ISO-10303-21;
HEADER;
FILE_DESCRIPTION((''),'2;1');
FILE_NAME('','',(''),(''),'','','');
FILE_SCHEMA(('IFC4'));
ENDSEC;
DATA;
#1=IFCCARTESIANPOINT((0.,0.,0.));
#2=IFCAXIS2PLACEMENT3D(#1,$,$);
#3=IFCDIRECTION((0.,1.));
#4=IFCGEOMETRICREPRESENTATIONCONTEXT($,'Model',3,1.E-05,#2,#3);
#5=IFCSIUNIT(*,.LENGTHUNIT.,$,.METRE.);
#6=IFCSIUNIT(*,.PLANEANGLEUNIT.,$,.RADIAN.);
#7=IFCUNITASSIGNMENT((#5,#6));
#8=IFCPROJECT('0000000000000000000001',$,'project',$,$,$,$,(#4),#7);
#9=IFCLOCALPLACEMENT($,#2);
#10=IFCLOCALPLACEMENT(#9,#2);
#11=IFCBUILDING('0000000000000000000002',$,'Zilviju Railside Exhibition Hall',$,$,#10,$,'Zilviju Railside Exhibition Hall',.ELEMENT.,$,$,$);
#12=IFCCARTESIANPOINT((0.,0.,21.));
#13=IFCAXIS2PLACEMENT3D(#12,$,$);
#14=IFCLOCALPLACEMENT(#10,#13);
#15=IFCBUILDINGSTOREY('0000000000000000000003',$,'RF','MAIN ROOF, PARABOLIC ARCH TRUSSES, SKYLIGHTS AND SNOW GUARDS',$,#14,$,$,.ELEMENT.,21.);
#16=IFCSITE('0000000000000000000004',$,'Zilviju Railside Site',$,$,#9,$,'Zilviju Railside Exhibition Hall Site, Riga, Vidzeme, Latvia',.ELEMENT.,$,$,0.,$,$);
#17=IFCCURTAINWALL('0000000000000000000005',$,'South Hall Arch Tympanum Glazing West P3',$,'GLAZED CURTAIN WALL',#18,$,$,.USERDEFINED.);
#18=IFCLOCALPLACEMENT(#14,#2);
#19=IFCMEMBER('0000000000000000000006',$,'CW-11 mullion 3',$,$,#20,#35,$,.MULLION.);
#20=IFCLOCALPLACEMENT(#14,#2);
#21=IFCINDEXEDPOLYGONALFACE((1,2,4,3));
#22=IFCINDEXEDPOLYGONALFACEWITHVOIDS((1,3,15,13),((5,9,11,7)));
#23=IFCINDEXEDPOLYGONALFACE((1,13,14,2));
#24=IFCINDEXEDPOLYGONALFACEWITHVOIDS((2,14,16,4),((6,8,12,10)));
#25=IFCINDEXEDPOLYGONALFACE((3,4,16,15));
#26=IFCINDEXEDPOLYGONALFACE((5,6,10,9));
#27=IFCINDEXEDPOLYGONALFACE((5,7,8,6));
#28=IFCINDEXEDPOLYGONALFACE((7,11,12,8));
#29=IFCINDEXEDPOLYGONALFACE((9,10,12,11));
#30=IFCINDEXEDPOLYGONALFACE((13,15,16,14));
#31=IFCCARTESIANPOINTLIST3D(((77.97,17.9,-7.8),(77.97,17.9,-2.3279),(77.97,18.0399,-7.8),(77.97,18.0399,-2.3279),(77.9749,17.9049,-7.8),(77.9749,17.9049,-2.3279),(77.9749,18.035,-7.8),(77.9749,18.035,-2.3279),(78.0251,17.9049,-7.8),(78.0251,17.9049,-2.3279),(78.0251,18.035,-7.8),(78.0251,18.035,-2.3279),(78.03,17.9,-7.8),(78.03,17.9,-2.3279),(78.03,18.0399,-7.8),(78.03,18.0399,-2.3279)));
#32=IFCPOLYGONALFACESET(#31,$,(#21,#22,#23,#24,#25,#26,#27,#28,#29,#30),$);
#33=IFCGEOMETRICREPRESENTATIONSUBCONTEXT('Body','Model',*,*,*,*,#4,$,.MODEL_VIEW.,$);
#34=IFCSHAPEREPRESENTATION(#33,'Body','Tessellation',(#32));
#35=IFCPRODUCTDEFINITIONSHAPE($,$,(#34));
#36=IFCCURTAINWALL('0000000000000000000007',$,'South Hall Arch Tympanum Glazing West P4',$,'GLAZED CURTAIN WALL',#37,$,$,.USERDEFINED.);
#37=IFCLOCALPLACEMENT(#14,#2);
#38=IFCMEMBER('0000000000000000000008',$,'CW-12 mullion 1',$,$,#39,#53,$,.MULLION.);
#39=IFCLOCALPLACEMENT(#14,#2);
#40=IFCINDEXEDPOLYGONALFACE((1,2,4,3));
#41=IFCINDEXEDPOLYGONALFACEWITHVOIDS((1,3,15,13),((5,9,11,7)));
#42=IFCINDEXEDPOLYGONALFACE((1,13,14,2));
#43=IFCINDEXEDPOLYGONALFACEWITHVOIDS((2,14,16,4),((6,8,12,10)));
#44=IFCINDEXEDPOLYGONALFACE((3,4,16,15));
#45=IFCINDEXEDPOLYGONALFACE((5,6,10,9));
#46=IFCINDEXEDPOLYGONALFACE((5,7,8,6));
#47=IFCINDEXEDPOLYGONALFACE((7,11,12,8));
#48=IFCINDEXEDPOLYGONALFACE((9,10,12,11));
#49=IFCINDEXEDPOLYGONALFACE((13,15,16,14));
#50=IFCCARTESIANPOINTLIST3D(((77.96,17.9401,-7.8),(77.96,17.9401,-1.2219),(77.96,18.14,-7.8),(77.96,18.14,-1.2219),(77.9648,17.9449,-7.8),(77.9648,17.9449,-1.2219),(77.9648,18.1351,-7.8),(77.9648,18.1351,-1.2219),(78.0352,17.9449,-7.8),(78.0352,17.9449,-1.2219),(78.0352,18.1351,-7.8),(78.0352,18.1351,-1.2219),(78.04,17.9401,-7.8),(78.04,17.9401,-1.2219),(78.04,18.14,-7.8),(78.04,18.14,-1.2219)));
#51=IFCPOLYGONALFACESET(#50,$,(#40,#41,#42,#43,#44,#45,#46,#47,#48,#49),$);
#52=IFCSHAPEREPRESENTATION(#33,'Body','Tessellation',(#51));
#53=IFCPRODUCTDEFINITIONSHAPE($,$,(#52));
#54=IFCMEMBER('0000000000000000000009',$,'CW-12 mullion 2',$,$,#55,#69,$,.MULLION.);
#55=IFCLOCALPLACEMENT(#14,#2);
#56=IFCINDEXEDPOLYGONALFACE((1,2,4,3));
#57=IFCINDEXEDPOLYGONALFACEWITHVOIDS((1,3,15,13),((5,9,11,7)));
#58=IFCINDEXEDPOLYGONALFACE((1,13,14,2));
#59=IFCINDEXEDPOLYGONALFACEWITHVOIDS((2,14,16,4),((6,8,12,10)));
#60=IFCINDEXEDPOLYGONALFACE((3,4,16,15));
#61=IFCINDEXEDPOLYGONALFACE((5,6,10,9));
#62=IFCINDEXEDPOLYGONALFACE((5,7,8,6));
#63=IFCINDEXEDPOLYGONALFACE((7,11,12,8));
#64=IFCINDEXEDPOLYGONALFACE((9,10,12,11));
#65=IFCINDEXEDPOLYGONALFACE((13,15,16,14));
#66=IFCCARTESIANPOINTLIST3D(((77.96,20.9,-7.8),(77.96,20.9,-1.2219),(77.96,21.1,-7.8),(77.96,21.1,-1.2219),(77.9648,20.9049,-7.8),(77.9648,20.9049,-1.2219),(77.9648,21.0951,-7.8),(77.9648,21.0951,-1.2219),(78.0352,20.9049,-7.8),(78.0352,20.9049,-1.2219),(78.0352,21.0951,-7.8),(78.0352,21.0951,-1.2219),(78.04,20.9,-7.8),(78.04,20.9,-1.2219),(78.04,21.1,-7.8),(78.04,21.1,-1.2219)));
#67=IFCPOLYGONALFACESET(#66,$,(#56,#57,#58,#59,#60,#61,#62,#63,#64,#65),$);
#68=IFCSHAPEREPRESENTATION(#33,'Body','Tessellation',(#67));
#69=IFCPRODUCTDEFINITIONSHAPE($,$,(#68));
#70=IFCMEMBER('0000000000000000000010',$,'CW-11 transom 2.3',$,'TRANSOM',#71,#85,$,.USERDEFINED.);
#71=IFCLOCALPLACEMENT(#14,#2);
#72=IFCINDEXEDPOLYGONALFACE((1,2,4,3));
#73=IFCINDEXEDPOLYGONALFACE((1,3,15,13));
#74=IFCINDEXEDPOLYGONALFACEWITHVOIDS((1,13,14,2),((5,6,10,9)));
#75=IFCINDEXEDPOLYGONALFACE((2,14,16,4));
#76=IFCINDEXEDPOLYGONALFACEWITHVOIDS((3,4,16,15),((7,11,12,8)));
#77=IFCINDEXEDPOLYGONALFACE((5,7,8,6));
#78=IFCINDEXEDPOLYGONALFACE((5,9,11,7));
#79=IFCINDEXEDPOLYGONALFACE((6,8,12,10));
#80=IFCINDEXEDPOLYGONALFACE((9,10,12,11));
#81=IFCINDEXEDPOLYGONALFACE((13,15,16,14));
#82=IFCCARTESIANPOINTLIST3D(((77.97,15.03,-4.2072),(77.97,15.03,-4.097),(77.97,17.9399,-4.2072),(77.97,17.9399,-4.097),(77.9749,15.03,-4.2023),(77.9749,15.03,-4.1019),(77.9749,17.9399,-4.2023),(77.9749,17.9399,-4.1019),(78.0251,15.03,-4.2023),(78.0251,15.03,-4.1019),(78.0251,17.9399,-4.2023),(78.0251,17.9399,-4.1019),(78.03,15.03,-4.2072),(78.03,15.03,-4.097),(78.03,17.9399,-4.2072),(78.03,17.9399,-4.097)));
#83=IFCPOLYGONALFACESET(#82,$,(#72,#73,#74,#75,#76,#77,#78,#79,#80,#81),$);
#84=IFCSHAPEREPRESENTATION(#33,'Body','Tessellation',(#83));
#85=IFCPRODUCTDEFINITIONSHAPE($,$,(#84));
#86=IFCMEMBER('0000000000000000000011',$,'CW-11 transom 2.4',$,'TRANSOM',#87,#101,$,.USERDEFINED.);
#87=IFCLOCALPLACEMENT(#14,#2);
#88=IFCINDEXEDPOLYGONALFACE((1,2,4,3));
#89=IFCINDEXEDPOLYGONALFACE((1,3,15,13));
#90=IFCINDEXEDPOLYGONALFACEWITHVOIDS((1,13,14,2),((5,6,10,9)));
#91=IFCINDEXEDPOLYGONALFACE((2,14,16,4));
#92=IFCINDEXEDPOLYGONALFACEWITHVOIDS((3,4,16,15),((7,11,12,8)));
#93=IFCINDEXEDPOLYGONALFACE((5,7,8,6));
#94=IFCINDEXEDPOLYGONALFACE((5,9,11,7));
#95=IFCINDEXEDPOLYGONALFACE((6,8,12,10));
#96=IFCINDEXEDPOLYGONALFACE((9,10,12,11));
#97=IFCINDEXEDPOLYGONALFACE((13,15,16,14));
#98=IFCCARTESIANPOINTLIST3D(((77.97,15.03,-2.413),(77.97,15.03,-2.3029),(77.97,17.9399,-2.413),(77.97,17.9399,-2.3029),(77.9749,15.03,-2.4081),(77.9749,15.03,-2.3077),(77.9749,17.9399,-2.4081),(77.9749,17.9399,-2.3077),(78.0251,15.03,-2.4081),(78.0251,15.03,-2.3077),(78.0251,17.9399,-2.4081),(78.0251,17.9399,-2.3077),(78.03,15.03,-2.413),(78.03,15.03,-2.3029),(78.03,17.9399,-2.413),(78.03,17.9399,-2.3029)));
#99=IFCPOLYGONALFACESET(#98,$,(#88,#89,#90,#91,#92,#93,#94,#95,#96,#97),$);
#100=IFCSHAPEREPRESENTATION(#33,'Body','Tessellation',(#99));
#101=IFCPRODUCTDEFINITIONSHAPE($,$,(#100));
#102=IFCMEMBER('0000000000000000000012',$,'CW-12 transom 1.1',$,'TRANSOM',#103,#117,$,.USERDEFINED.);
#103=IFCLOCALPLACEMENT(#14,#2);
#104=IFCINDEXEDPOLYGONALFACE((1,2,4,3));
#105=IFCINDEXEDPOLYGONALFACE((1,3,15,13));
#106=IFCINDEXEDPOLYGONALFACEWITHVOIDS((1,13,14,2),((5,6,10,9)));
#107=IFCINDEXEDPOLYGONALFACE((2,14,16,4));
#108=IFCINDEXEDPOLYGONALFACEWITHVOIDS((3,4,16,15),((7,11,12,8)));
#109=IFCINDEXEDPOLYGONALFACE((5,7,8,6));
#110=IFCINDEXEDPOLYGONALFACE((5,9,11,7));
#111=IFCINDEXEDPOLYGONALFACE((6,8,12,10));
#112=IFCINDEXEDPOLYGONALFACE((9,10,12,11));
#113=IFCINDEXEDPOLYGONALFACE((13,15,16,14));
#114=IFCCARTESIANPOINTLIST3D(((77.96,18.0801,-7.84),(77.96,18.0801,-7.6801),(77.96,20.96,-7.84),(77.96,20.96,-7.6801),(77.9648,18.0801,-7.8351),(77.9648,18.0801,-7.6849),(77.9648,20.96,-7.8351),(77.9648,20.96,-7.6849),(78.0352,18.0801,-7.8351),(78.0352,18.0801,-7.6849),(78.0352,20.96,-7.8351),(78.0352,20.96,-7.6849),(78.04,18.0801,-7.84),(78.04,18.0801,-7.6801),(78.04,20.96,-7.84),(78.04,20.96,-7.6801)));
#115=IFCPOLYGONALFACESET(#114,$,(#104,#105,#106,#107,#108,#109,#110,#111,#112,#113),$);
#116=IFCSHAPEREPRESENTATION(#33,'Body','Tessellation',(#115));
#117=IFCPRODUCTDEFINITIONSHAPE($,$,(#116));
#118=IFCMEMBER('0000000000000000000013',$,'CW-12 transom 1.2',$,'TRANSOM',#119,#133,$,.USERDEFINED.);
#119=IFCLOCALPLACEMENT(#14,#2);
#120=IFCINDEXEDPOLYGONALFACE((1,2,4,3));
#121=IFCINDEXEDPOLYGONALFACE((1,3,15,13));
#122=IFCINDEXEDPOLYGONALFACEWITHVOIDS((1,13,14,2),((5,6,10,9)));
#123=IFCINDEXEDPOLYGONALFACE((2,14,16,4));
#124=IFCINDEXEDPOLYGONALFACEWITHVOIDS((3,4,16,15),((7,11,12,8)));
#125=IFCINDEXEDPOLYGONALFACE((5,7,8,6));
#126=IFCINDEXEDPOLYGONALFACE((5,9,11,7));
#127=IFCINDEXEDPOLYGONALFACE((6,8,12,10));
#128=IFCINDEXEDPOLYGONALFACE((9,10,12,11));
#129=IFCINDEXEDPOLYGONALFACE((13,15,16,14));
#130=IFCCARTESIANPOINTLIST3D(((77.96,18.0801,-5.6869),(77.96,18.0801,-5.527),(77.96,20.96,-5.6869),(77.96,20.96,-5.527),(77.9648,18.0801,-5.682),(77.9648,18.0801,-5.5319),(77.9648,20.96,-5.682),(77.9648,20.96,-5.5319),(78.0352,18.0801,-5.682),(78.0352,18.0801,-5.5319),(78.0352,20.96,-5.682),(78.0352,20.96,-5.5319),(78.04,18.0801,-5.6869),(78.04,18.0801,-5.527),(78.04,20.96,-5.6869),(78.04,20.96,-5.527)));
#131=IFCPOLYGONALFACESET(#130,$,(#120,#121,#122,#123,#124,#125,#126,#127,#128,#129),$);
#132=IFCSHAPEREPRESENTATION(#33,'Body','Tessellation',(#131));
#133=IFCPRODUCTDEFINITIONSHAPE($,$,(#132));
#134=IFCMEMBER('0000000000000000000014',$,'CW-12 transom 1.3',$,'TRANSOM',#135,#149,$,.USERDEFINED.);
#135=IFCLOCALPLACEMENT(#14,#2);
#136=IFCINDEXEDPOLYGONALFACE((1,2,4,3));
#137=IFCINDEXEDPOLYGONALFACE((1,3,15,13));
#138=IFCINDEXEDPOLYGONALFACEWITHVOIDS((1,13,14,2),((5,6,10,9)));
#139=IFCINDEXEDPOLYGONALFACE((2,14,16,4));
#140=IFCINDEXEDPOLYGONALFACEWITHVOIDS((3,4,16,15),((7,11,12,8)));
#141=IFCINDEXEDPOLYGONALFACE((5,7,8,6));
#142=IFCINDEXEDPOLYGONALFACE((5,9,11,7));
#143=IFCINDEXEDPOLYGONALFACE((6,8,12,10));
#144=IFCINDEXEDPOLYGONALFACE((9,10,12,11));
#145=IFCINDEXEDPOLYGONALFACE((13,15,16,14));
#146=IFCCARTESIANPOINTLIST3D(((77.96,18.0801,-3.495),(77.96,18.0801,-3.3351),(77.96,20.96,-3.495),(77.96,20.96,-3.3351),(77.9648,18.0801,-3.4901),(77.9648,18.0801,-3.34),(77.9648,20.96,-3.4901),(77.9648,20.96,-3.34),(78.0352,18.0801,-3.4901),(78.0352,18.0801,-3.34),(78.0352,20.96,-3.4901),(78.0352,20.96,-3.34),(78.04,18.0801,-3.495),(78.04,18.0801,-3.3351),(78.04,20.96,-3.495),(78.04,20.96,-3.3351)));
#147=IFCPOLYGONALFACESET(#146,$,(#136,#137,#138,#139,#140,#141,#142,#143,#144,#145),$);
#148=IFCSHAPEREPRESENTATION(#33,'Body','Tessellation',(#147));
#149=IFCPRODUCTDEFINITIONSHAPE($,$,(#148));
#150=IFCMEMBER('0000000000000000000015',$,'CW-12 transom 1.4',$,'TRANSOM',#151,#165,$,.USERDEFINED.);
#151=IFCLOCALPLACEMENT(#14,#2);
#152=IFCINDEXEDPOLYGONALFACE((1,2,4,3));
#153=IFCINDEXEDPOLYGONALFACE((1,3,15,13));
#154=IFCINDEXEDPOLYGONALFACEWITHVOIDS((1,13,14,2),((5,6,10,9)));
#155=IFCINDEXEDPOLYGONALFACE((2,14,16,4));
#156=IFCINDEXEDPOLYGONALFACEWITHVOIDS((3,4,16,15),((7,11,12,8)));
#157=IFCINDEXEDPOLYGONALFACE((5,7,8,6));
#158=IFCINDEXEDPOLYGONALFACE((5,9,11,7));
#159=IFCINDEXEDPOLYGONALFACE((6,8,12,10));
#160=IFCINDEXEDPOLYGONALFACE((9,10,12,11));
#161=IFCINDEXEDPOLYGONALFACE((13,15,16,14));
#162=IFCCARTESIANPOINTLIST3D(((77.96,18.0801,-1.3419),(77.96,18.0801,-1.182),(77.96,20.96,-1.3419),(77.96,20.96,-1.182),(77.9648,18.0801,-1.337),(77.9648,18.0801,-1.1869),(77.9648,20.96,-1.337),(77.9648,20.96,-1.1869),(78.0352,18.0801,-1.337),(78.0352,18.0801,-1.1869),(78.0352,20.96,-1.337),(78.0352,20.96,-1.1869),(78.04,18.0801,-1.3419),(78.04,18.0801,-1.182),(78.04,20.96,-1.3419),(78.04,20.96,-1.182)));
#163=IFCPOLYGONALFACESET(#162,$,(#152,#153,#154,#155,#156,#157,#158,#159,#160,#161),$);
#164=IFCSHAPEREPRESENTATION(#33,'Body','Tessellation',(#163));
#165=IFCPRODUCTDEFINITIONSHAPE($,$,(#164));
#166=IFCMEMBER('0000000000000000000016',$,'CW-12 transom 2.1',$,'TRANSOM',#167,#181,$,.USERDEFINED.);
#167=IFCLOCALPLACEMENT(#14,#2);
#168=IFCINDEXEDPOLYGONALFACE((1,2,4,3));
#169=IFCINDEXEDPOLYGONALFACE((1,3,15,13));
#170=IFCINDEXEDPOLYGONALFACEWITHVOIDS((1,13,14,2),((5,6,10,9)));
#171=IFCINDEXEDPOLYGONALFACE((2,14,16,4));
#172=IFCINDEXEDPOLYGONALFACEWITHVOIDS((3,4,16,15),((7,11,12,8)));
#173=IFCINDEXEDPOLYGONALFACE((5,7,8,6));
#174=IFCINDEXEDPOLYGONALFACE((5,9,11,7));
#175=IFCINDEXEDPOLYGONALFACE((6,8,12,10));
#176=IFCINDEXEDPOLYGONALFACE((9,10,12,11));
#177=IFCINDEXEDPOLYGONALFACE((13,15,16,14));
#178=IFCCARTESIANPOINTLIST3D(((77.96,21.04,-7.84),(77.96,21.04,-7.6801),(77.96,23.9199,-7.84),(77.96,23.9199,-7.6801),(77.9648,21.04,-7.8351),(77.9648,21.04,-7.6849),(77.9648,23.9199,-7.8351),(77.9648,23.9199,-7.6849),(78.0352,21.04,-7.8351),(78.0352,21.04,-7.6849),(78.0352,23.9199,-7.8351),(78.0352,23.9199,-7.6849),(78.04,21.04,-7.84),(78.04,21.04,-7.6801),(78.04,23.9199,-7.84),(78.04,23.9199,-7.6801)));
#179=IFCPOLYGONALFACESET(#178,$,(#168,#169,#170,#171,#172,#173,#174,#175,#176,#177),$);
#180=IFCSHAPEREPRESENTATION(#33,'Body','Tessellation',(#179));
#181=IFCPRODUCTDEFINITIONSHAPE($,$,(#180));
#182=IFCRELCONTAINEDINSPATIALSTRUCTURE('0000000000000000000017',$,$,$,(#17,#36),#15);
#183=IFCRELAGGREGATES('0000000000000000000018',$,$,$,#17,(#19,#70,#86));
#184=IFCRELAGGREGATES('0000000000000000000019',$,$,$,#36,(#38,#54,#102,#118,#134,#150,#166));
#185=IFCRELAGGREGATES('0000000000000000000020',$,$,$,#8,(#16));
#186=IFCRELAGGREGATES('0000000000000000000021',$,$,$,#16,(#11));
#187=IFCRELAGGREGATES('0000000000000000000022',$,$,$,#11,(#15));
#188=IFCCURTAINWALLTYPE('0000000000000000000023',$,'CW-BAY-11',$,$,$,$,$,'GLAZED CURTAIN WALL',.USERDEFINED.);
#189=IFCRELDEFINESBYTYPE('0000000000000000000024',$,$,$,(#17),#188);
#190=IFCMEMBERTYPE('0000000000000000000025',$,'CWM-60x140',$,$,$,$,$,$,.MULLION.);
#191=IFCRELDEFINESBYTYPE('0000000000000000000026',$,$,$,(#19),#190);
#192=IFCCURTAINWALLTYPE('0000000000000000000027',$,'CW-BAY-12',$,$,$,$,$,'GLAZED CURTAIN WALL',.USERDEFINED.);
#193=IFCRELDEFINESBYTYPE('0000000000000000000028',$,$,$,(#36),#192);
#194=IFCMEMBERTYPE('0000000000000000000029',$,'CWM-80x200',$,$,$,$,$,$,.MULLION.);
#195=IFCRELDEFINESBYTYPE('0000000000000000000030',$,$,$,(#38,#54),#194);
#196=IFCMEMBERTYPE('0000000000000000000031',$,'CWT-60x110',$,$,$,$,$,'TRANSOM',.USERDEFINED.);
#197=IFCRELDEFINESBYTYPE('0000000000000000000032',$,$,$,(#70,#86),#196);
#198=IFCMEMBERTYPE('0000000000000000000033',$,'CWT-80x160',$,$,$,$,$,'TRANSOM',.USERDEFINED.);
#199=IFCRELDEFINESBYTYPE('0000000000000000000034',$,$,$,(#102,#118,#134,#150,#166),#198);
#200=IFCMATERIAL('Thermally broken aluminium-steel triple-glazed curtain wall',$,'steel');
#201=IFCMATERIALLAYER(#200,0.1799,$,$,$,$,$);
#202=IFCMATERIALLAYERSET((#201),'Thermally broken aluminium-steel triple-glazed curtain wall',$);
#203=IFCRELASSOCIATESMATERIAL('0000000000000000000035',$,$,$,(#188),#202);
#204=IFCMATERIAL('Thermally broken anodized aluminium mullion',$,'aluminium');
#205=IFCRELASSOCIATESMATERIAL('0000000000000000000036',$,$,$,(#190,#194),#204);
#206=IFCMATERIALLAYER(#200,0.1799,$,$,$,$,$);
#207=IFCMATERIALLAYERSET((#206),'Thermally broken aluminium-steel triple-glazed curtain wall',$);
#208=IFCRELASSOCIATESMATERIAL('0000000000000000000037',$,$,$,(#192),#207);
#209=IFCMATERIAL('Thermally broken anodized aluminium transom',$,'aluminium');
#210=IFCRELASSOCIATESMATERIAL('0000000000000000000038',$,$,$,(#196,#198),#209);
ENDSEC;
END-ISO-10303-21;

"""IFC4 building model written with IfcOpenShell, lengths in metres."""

from ifc_helpers import new_model, si_unit, direction, frame, origin, origin_2d, place, context, subcontext, project, spatial, hollow_rectangle, extrude, material, layer, layer_set, material_profile, profile_set, type_object, element, aggregate, save


model = new_model("IFC4")

# Units and contexts
model_context = context("Model", 3, precision=1e-05, world=origin(), true_north=direction((0.0, 1.0)))
body_context = subcontext(model_context, "Body", "Model", "MODEL_VIEW")
ifc_project = project(units=[si_unit("LENGTHUNIT", "METRE"), si_unit("PLANEANGLEUNIT", "RADIAN")], contexts=[model_context])

# Site, building, storey
site_placement = place(None, origin())
site = spatial("IfcSite", under=ifc_project, at=site_placement, Name="Zilviju Railside Site", LongName="Zilviju Railside Exhibition Hall Site, Riga, Vidzeme, Latvia", CompositionType="ELEMENT", RefElevation=0.0)
building_placement = place(site_placement, origin())
building = spatial("IfcBuilding", under=site, at=building_placement, Name="Zilviju Railside Exhibition Hall", LongName="Zilviju Railside Exhibition Hall", CompositionType="ELEMENT")
storey_placement = place(building_placement, frame((0.0, 0.0, 21.0)))
storey = spatial("IfcBuildingStorey", under=building, at=storey_placement, Name="RF", Description="MAIN ROOF, PARABOLIC ARCH TRUSSES, SKYLIGHTS AND SNOW GUARDS", CompositionType="ELEMENT", Elevation=21.0)

# Curtain wall, member
ifc_material_1 = material(Name="Thermally broken aluminium-steel triple-glazed curtain wall", Category="steel")
ifc_layer_1 = layer(ifc_material_1, 0.1799)
ifc_layer_set_1 = layer_set([ifc_layer_1], Name="Thermally broken aluminium-steel triple-glazed curtain wall")
curtain_wall_type_1 = type_object("IfcCurtainWallType", Name="CW-BAY-11", ElementType="GLAZED CURTAIN WALL", PredefinedType="USERDEFINED", material=ifc_layer_set_1)
curtain_wall_1_placement = place(storey_placement, origin())
curtain_wall_1 = element("IfcCurtainWall", 1, at=curtain_wall_1_placement, inside=storey, type_object=curtain_wall_type_1, Name="South Hall Arch Tympanum Glazing West P3", ObjectType="GLAZED CURTAIN WALL", PredefinedType="USERDEFINED")
ifc_material_2 = material(Name="Thermally broken anodized aluminium mullion", Category="aluminium")
ifc_material_profile_1 = material_profile(ifc_material_2, hollow_rectangle(XDim=0.0601, YDim=0.1399, WallThickness=0.0049, at=origin_2d()), Name="MULLION 140x60x5")
ifc_profile_set_1 = profile_set([ifc_material_profile_1], Name="Thermally broken anodized aluminium mullion")
member_type_1 = type_object("IfcMemberType", Name="CWM-60x140", PredefinedType="MULLION", material=ifc_profile_set_1)
member_1_placement = place(storey_placement, frame((78.0, 17.97, -7.8), z_axis=(0.0, 0.0, 1.0), x_axis=(-1.0, 0.0, 0.0)))
member_1 = element("IfcMember", 2, at=member_1_placement, type_object=member_type_1, Name="CW-11 mullion 3", PredefinedType="MULLION", context=body_context, shape_type="SweptSolid", body=[
    extrude(hollow_rectangle(XDim=0.0601, YDim=0.1399, WallThickness=0.0049, at=origin_2d()), origin(), (0.0, 0.0, 1.0), 5.4722),
])

# Curtain wall, members
ifc_layer_2 = layer(ifc_material_1, 0.1799)
ifc_layer_set_2 = layer_set([ifc_layer_2], Name="Thermally broken aluminium-steel triple-glazed curtain wall")
curtain_wall_type_2 = type_object("IfcCurtainWallType", Name="CW-BAY-12", ElementType="GLAZED CURTAIN WALL", PredefinedType="USERDEFINED", material=ifc_layer_set_2)
curtain_wall_2_placement = place(storey_placement, origin())
curtain_wall_2 = element("IfcCurtainWall", 3, at=curtain_wall_2_placement, inside=storey, type_object=curtain_wall_type_2, Name="South Hall Arch Tympanum Glazing West P4", ObjectType="GLAZED CURTAIN WALL", PredefinedType="USERDEFINED")
ifc_material_profile_2 = material_profile(ifc_material_2, hollow_rectangle(XDim=0.0801, YDim=0.2, WallThickness=0.0049, at=origin_2d()), Name="MULLION 200x80x5")
ifc_profile_set_2 = profile_set([ifc_material_profile_2], Name="Thermally broken anodized aluminium mullion")
member_type_2 = type_object("IfcMemberType", Name="CWM-80x200", PredefinedType="MULLION", material=ifc_profile_set_2)
member_2_placement = place(storey_placement, frame((78.0, 18.04, -7.8), z_axis=(0.0, 0.0, 1.0), x_axis=(-1.0, 0.0, 0.0)))
member_2 = element("IfcMember", 4, at=member_2_placement, type_object=member_type_2, Name="CW-12 mullion 1", PredefinedType="MULLION", context=body_context, shape_type="SweptSolid", body=[
    extrude(hollow_rectangle(XDim=0.0801, YDim=0.2, WallThickness=0.0049, at=origin_2d()), origin(), (0.0, 0.0, 1.0), 6.5781),
])
member_3_placement = place(storey_placement, frame((78.0, 21.0, -7.8), z_axis=(0.0, 0.0, 1.0), x_axis=(-1.0, 0.0, 0.0)))
member_3 = element("IfcMember", 5, at=member_3_placement, type_object=member_type_2, Name="CW-12 mullion 2", PredefinedType="MULLION", context=body_context, shape_type="SweptSolid", body=[
    extrude(hollow_rectangle(XDim=0.0801, YDim=0.2, WallThickness=0.0049, at=origin_2d()), origin(), (0.0, 0.0, 1.0), 6.5781),
])

# Members
ifc_material_3 = material(Name="Thermally broken anodized aluminium transom", Category="aluminium")
ifc_material_profile_3 = material_profile(ifc_material_3, hollow_rectangle(XDim=0.0601, YDim=0.1101, WallThickness=0.0049, at=origin_2d()), Name="TRANSOM 110x60x5")
ifc_profile_set_3 = profile_set([ifc_material_profile_3], Name="Thermally broken anodized aluminium transom")
member_type_3 = type_object("IfcMemberType", Name="CWT-60x110", ElementType="TRANSOM", PredefinedType="USERDEFINED", material=ifc_profile_set_3)
member_4_placement = place(storey_placement, frame((78.0, 15.03, -4.1521), z_axis=(0.0, 1.0, 0.0), x_axis=(-1.0, 0.0, 0.0)))
member_4 = element("IfcMember", 6, at=member_4_placement, type_object=member_type_3, Name="CW-11 transom 2.3", ObjectType="TRANSOM", PredefinedType="USERDEFINED", context=body_context, shape_type="SweptSolid", body=[
    extrude(hollow_rectangle(XDim=0.0601, YDim=0.1101, WallThickness=0.0049, at=origin_2d()), origin(), (0.0, 0.0, 1.0), 2.9099),
])
member_5_placement = place(storey_placement, frame((78.0, 15.03, -2.3579), z_axis=(0.0, 1.0, 0.0), x_axis=(-1.0, 0.0, 0.0)))
member_5 = element("IfcMember", 7, at=member_5_placement, type_object=member_type_3, Name="CW-11 transom 2.4", ObjectType="TRANSOM", PredefinedType="USERDEFINED", context=body_context, shape_type="SweptSolid", body=[
    extrude(hollow_rectangle(XDim=0.0601, YDim=0.1101, WallThickness=0.0049, at=origin_2d()), origin(), (0.0, 0.0, 1.0), 2.9099),
])
ifc_material_profile_4 = material_profile(ifc_material_3, hollow_rectangle(XDim=0.0801, YDim=0.1599, WallThickness=0.0049, at=origin_2d()), Name="TRANSOM 160x80x5")
ifc_profile_set_4 = profile_set([ifc_material_profile_4], Name="Thermally broken anodized aluminium transom")
member_type_4 = type_object("IfcMemberType", Name="CWT-80x160", ElementType="TRANSOM", PredefinedType="USERDEFINED", material=ifc_profile_set_4)
member_6_placement = place(storey_placement, frame((78.0, 18.0801, -7.76), z_axis=(0.0, 1.0, 0.0), x_axis=(-1.0, 0.0, 0.0)))
member_6 = element("IfcMember", 8, at=member_6_placement, type_object=member_type_4, Name="CW-12 transom 1.1", ObjectType="TRANSOM", PredefinedType="USERDEFINED", context=body_context, shape_type="SweptSolid", body=[
    extrude(hollow_rectangle(XDim=0.0801, YDim=0.1599, WallThickness=0.0049, at=origin_2d()), origin(), (0.0, 0.0, 1.0), 2.8799),
])
member_7_placement = place(storey_placement, frame((78.0, 18.0801, -5.6069), z_axis=(0.0, 1.0, 0.0), x_axis=(-1.0, 0.0, 0.0)))
member_7 = element("IfcMember", 9, at=member_7_placement, type_object=member_type_4, Name="CW-12 transom 1.2", ObjectType="TRANSOM", PredefinedType="USERDEFINED", context=body_context, shape_type="SweptSolid", body=[
    extrude(hollow_rectangle(XDim=0.0801, YDim=0.1599, WallThickness=0.0049, at=origin_2d()), origin(), (0.0, 0.0, 1.0), 2.8799),
])
member_8_placement = place(storey_placement, frame((78.0, 18.0801, -3.415), z_axis=(0.0, 1.0, 0.0), x_axis=(-1.0, 0.0, 0.0)))
member_8 = element("IfcMember", 10, at=member_8_placement, type_object=member_type_4, Name="CW-12 transom 1.3", ObjectType="TRANSOM", PredefinedType="USERDEFINED", context=body_context, shape_type="SweptSolid", body=[
    extrude(hollow_rectangle(XDim=0.0801, YDim=0.1599, WallThickness=0.0049, at=origin_2d()), origin(), (0.0, 0.0, 1.0), 2.8799),
])
member_9_placement = place(storey_placement, frame((78.0, 18.0801, -1.262), z_axis=(0.0, 1.0, 0.0), x_axis=(-1.0, 0.0, 0.0)))
member_9 = element("IfcMember", 11, at=member_9_placement, type_object=member_type_4, Name="CW-12 transom 1.4", ObjectType="TRANSOM", PredefinedType="USERDEFINED", context=body_context, shape_type="SweptSolid", body=[
    extrude(hollow_rectangle(XDim=0.0801, YDim=0.1599, WallThickness=0.0049, at=origin_2d()), origin(), (0.0, 0.0, 1.0), 2.8799),
])
member_10_placement = place(storey_placement, frame((78.0, 21.04, -7.76), z_axis=(0.0, 1.0, 0.0), x_axis=(-1.0, 0.0, 0.0)))
member_10 = element("IfcMember", 12, at=member_10_placement, type_object=member_type_4, Name="CW-12 transom 2.1", ObjectType="TRANSOM", PredefinedType="USERDEFINED", context=body_context, shape_type="SweptSolid", body=[
    extrude(hollow_rectangle(XDim=0.0801, YDim=0.1599, WallThickness=0.0049, at=origin_2d()), origin(), (0.0, 0.0, 1.0), 2.8799),
])

aggregate(curtain_wall_1, [member_1, member_4, member_5])
aggregate(curtain_wall_2, [member_2, member_3, member_6, member_7, member_8, member_9, member_10])

save(model, "model.ifc")
